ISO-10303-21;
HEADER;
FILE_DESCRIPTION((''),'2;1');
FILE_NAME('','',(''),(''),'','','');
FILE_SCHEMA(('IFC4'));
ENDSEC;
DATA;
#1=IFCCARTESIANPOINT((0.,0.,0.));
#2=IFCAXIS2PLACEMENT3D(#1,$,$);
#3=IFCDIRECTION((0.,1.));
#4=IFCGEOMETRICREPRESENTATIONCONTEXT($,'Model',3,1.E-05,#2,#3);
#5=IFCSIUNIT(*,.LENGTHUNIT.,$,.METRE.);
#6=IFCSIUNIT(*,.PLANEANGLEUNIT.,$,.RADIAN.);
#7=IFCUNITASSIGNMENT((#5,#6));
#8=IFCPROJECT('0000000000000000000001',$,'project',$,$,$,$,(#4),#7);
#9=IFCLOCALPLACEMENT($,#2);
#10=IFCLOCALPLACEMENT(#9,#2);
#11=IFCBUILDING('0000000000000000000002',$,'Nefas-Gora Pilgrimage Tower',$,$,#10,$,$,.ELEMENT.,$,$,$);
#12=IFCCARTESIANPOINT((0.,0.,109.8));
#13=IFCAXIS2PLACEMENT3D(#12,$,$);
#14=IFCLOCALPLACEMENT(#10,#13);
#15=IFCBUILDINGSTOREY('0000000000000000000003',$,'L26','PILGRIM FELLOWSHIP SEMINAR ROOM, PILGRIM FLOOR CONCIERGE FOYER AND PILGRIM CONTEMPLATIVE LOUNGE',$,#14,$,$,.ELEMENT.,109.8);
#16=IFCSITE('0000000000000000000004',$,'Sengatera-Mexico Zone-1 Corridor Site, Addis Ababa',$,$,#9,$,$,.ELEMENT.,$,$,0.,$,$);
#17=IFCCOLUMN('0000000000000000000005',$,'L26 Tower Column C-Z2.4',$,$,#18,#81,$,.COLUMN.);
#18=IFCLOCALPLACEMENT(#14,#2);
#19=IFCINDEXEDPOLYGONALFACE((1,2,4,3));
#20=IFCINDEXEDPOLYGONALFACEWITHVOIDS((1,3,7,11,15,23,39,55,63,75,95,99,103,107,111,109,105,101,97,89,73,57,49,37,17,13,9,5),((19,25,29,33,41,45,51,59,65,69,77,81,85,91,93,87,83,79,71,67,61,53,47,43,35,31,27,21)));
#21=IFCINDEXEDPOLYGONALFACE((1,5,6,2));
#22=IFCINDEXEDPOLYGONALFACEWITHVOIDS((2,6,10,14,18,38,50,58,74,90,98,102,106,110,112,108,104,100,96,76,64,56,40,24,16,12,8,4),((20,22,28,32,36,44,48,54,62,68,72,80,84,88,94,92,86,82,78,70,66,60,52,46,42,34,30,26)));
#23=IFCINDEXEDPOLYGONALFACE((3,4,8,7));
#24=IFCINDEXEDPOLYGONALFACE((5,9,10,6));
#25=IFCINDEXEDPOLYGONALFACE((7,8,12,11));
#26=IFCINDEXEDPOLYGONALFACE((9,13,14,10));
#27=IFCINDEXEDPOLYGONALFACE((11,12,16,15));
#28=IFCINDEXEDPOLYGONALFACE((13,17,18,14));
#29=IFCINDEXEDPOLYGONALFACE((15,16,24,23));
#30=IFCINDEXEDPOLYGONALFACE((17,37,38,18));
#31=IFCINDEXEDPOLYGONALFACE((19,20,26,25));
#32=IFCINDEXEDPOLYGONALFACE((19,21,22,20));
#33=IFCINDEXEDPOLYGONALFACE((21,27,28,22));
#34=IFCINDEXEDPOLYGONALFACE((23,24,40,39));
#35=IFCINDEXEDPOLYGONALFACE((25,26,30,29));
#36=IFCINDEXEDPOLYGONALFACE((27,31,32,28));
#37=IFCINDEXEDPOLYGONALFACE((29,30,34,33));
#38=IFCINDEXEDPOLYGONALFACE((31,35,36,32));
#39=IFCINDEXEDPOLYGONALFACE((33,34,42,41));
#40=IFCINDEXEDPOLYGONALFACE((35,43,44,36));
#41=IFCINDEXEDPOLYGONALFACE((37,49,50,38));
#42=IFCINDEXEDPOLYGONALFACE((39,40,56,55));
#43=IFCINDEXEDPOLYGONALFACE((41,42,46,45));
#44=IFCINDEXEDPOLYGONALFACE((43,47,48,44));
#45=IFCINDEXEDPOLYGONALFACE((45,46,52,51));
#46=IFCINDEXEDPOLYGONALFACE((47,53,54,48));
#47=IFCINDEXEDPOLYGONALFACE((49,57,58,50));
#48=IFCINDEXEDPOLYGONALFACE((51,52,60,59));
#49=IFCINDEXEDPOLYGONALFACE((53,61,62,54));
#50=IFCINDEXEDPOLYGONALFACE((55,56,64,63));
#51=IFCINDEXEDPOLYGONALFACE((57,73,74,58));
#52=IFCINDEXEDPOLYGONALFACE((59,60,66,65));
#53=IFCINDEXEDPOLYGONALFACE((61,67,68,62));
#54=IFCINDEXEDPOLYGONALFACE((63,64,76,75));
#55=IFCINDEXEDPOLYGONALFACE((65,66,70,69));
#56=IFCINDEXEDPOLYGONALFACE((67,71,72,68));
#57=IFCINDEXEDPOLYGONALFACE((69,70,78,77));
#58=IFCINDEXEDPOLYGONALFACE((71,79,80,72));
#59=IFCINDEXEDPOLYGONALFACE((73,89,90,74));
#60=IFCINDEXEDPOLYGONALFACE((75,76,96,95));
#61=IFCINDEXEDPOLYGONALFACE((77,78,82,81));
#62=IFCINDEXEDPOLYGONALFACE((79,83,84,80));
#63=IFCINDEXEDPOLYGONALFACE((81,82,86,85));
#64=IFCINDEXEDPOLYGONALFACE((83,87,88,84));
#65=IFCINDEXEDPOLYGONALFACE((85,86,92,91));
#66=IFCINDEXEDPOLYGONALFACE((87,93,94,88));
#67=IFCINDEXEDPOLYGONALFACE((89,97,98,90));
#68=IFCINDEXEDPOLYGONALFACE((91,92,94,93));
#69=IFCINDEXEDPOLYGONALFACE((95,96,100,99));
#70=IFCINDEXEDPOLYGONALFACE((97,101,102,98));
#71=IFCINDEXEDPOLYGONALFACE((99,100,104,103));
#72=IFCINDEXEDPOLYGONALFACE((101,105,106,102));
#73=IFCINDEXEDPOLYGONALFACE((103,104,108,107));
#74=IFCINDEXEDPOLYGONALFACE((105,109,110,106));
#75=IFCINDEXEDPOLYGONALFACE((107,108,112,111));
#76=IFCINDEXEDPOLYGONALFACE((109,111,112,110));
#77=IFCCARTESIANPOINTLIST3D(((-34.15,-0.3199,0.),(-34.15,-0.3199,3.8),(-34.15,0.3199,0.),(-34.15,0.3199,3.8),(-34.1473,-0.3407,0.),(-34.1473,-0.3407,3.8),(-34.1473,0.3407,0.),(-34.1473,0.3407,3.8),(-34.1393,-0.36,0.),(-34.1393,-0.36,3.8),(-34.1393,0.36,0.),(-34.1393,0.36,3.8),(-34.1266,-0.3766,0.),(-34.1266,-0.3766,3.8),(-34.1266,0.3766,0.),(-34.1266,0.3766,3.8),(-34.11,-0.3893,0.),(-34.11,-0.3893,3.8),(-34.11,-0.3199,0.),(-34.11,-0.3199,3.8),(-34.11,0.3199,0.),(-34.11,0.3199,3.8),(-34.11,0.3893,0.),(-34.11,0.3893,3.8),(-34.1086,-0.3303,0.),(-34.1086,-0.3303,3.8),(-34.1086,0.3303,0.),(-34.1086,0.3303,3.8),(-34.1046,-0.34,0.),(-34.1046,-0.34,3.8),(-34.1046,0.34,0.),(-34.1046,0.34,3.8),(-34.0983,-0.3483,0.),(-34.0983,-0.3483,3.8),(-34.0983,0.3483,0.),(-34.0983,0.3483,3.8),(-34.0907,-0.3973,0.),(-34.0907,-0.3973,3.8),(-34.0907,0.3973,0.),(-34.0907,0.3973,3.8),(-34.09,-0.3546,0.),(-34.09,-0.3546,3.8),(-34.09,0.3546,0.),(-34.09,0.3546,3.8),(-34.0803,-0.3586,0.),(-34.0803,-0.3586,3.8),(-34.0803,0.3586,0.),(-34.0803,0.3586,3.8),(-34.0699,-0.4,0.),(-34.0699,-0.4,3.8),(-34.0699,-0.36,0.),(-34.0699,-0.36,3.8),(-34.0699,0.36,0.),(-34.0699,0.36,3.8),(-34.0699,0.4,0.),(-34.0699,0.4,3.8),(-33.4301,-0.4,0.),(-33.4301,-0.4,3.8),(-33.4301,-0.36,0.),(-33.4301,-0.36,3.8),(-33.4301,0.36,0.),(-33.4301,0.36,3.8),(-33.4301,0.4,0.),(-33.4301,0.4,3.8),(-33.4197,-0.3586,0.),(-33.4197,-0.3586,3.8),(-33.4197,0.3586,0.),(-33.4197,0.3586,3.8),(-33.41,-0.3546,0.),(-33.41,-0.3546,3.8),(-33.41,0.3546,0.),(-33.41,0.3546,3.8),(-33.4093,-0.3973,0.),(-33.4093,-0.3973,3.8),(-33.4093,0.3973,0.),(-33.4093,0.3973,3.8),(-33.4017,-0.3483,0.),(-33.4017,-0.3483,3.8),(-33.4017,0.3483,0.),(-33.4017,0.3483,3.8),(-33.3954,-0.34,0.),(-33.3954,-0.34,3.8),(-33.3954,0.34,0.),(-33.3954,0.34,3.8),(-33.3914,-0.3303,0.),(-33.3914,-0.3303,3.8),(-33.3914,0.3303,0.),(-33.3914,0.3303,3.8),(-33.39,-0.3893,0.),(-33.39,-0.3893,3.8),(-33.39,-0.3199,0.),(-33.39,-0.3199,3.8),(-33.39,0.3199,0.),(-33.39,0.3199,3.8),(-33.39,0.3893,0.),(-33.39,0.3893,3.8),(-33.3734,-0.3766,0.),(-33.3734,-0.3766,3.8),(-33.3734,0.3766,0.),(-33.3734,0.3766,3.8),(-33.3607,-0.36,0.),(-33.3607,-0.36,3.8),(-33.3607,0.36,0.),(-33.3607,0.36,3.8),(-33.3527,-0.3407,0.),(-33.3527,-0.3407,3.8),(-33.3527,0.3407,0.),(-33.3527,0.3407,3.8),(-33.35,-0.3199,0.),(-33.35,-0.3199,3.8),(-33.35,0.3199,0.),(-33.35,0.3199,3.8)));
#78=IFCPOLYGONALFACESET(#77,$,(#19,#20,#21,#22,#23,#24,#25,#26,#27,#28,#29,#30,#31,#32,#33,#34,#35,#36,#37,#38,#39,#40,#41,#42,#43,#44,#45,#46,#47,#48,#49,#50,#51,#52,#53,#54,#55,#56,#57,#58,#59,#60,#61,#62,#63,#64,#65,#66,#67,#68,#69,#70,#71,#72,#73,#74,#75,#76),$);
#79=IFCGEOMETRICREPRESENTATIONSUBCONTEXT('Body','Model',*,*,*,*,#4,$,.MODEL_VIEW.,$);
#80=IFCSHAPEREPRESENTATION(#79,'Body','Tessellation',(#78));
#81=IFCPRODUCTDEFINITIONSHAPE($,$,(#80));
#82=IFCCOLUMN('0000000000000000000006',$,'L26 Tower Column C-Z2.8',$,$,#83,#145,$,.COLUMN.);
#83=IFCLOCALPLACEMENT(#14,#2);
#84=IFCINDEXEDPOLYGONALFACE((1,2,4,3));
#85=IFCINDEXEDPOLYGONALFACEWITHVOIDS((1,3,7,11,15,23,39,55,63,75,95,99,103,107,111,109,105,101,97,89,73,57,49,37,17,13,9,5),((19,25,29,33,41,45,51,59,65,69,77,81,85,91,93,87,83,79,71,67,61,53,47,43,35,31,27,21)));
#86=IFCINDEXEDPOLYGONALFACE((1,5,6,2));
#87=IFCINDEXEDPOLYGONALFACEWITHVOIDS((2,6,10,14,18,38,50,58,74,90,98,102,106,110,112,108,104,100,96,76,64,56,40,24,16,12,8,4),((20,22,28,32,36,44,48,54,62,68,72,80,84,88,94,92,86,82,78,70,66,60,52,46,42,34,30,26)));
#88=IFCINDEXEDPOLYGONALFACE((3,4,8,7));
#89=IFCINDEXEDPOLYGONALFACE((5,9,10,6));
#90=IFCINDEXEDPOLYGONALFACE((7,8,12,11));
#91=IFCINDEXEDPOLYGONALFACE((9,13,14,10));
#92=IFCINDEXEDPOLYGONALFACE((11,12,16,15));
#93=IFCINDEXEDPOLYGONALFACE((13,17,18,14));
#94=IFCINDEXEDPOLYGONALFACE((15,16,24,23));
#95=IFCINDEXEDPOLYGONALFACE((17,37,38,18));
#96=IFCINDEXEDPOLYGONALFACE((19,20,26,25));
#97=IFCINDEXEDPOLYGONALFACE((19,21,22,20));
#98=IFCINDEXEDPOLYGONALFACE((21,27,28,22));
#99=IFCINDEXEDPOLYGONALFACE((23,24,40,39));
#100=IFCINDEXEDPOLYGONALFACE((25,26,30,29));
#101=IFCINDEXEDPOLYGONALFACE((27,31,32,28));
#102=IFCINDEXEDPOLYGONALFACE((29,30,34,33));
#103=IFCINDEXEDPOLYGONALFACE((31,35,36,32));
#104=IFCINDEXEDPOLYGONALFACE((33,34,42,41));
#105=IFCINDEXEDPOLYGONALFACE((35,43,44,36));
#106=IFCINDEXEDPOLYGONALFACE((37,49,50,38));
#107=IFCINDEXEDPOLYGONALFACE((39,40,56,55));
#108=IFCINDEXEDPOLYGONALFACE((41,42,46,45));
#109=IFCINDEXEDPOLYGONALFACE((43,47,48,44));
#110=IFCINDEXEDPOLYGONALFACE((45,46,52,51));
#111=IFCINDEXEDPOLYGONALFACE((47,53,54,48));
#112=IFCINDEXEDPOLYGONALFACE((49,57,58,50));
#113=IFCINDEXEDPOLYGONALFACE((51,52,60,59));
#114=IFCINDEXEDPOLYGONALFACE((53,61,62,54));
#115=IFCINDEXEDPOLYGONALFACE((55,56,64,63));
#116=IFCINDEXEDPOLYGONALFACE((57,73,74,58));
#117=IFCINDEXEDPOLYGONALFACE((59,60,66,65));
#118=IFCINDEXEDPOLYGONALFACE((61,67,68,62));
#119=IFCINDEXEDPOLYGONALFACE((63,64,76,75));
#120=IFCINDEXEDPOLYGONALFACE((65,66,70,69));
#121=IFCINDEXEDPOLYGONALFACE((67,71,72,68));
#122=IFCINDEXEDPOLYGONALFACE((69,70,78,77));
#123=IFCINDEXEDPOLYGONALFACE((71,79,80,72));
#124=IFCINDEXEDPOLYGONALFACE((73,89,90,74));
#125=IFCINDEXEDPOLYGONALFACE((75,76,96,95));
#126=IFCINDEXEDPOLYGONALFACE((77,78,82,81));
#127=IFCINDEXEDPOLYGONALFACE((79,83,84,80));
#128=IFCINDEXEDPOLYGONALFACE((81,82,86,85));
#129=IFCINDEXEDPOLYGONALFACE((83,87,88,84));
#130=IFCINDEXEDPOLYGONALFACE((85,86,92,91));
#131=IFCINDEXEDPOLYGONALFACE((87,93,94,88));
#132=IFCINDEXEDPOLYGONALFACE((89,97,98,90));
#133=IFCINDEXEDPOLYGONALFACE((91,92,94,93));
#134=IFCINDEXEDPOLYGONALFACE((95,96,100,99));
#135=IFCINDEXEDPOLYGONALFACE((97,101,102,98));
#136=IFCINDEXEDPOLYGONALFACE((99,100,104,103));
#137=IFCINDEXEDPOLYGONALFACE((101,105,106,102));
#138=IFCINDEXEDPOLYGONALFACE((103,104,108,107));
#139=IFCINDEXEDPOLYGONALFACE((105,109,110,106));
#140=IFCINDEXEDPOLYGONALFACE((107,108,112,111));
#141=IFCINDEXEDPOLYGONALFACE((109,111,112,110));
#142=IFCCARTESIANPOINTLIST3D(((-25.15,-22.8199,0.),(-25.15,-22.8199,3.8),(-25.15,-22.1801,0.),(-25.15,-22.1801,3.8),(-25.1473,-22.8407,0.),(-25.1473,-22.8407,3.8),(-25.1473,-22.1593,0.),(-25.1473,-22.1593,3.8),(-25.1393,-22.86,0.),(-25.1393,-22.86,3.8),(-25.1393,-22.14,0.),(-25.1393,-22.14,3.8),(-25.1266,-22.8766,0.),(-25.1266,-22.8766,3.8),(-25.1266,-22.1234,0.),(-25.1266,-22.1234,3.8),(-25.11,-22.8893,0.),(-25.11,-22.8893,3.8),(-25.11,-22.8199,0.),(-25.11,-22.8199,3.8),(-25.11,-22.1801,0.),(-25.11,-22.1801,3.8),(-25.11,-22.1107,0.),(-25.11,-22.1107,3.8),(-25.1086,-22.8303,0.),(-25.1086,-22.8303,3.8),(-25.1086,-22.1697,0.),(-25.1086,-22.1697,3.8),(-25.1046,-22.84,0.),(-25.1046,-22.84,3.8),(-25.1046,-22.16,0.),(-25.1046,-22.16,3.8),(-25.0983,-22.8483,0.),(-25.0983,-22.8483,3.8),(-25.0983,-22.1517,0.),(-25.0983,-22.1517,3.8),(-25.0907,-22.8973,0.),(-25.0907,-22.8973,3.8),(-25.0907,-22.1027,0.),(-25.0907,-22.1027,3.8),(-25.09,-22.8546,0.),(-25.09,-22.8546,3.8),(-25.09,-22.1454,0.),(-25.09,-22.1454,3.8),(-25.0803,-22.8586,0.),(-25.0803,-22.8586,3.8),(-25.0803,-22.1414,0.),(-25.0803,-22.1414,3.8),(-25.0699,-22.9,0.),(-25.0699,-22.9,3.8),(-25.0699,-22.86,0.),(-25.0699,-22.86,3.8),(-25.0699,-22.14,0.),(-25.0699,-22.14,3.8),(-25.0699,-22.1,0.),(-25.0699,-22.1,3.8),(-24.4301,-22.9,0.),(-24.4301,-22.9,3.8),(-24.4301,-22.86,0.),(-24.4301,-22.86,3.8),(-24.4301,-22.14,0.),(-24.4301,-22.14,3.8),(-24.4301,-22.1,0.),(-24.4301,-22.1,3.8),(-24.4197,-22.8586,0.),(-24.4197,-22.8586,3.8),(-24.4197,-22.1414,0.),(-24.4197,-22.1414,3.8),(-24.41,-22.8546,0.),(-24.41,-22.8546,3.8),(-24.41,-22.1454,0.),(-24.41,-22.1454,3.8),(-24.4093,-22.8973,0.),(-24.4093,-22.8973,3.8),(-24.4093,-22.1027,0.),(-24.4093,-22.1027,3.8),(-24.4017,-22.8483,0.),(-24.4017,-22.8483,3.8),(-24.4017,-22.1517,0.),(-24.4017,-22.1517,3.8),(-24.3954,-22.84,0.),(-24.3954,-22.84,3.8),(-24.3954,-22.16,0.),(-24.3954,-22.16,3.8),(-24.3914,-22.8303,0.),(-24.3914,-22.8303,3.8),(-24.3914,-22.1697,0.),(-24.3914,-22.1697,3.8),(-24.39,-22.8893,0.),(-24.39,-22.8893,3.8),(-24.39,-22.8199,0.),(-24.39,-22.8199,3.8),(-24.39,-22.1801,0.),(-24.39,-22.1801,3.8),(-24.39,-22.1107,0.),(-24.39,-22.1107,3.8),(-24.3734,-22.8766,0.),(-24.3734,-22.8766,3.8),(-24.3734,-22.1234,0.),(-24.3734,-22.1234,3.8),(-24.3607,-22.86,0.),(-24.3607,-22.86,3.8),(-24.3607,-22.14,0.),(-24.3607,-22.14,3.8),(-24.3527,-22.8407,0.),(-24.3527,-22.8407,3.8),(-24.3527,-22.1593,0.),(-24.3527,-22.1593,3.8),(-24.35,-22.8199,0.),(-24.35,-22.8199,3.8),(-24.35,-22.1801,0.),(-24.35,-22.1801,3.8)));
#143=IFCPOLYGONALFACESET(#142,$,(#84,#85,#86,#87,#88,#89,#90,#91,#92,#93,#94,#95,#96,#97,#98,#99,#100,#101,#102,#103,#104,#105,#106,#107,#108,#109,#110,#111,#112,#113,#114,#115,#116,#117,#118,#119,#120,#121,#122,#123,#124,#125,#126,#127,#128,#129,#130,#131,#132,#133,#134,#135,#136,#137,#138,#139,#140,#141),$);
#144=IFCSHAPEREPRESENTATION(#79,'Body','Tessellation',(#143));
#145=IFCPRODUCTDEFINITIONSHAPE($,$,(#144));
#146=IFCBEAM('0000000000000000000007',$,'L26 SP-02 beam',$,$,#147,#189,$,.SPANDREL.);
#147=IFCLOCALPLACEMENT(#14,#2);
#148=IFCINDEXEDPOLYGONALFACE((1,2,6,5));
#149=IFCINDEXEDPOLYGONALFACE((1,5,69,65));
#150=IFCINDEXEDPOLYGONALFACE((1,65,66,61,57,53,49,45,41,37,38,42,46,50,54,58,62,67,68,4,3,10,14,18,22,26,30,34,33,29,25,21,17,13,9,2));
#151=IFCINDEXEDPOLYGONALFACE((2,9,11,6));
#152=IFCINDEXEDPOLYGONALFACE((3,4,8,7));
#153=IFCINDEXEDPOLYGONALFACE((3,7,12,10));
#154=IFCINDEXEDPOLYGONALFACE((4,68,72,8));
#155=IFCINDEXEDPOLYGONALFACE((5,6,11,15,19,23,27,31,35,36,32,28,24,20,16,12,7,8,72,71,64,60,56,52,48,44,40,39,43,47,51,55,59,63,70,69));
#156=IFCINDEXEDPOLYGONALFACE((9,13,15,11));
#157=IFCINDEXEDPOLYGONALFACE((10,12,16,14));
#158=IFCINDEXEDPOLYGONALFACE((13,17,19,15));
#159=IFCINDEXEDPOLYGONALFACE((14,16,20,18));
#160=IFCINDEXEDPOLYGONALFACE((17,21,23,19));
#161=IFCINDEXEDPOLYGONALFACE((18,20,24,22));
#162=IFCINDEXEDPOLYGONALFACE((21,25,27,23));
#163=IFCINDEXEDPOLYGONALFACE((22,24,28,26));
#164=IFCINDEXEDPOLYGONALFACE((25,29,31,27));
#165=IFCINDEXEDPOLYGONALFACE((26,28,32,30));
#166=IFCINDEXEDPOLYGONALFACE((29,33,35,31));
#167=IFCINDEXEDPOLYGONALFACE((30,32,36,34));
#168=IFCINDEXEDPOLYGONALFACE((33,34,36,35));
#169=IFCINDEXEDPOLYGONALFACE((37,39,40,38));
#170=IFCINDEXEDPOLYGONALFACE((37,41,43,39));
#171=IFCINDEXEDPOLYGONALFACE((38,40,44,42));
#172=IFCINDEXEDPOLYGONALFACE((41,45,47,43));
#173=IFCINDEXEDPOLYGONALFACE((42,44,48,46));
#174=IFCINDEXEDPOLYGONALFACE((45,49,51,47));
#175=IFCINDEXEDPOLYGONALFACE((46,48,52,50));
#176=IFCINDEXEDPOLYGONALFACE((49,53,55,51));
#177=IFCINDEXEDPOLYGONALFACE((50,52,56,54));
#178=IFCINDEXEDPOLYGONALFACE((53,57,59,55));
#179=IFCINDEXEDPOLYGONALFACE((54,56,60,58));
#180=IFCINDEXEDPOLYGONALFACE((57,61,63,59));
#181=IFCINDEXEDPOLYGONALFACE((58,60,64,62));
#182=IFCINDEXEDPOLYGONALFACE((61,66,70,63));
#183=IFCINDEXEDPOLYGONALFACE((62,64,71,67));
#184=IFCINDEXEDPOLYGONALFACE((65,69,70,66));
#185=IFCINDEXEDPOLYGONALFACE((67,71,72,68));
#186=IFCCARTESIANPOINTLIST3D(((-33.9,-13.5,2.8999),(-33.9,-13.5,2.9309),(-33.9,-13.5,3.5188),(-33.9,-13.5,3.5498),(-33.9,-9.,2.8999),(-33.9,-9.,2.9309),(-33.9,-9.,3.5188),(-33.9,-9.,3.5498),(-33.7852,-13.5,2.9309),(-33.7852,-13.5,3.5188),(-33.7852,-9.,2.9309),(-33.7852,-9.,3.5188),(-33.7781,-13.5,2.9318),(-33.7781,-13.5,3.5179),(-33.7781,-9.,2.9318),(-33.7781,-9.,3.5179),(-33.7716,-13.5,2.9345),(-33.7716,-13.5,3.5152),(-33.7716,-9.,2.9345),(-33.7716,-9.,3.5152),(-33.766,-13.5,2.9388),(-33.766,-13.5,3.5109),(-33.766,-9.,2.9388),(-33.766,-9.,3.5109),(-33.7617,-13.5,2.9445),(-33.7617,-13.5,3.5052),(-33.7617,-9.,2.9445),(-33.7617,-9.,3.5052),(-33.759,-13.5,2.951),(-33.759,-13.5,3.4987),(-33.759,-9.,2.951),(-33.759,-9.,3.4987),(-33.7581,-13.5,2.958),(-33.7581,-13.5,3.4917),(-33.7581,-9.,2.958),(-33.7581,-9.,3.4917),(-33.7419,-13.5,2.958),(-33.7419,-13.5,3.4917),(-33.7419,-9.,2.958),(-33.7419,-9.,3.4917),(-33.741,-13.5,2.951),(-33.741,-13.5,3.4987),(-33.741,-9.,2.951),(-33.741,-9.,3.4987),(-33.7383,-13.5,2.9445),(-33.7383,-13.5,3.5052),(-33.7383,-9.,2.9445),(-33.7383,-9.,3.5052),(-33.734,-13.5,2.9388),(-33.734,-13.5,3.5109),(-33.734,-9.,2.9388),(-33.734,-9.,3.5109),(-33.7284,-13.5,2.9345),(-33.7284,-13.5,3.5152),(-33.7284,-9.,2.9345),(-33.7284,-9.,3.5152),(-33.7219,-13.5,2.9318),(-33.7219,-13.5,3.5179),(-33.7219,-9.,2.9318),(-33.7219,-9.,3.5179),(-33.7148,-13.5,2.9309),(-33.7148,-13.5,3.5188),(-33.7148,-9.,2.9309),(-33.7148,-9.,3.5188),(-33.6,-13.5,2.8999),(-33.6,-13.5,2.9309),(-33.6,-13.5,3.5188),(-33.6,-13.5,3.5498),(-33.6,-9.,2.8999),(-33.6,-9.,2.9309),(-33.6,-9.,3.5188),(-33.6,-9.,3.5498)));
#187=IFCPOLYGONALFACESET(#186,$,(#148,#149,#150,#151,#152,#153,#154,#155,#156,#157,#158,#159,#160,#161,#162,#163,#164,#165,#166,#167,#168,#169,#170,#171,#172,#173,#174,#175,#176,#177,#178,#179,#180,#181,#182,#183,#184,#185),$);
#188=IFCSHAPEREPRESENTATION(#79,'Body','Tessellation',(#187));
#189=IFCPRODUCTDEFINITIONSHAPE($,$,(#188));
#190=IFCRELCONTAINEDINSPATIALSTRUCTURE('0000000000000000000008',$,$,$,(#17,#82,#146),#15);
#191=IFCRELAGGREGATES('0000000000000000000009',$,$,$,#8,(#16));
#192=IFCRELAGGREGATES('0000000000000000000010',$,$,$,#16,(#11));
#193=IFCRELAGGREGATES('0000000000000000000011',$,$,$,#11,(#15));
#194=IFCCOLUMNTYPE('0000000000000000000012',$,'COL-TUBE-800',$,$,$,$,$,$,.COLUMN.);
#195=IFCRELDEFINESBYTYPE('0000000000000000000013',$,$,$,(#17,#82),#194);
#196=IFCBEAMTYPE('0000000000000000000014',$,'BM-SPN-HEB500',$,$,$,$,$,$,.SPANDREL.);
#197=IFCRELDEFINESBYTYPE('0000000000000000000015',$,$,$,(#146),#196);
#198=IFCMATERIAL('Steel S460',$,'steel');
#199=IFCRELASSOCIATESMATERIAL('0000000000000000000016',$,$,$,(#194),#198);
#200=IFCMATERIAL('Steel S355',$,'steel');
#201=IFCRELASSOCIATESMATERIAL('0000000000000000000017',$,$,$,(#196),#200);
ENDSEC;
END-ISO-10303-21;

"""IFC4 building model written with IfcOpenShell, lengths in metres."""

from ifc_helpers import new_model, si_unit, direction, frame, origin, origin_2d, place, context, subcontext, project, spatial, hollow_rectangle, i_section, extrude, source, transform, mapped, material, material_profile, profile_set, type_object, element, save


model = new_model("IFC4")

# Units and contexts
model_context = context("Model", 3, precision=1e-05, world=origin(), true_north=direction((0.0, 1.0)))
body_context = subcontext(model_context, "Body", "Model", "MODEL_VIEW")
ifc_project = project(units=[si_unit("LENGTHUNIT", "METRE"), si_unit("PLANEANGLEUNIT", "RADIAN")], contexts=[model_context])

# Site, building, storey
site_placement = place(None, origin())
site = spatial("IfcSite", under=ifc_project, at=site_placement, Name="Sengatera-Mexico Zone-1 Corridor Site, Addis Ababa", CompositionType="ELEMENT", RefElevation=0.0)
building_placement = place(site_placement, origin())
building = spatial("IfcBuilding", under=site, at=building_placement, Name="Nefas-Gora Pilgrimage Tower", CompositionType="ELEMENT")
storey_placement = place(building_placement, frame((0.0, 0.0, 109.8)))
storey = spatial("IfcBuildingStorey", under=building, at=storey_placement, Name="L26", Description="PILGRIM FELLOWSHIP SEMINAR ROOM, PILGRIM FLOOR CONCIERGE FOYER AND PILGRIM CONTEMPLATIVE LOUNGE", CompositionType="ELEMENT", Elevation=109.8)

# Columns
ifc_material_1 = material(Name="Steel S460", Category="steel")
ifc_material_profile_1 = material_profile(ifc_material_1, hollow_rectangle(XDim=0.8, YDim=0.8, WallThickness=0.04, InnerFilletRadius=0.04, OuterFilletRadius=0.0801, at=origin_2d()), Name="BOX 800x800x40")
ifc_profile_set_1 = profile_set([ifc_material_profile_1], Name="Steel S460")
column_type_1 = type_object("IfcColumnType", Name="COL-TUBE-800", PredefinedType="COLUMN", material=ifc_profile_set_1)
shared_shape_1 = source(origin(), body_context, "Body", "SweptSolid", [
    extrude(hollow_rectangle(XDim=0.8, YDim=0.8, WallThickness=0.04, InnerFilletRadius=0.04, OuterFilletRadius=0.0801, at=origin_2d()), origin(), (0.0, 0.0, 1.0), 3.8),
])
for number, where, z_axis, x_axis, name in (
    (1, (-33.75, 0.0, 0.0), (0.0, 0.0, 1.0), (1.0, 0.0, 0.0), "L26 Tower Column C-Z2.4"),
    (2, (-24.75, -22.5, 0.0), (0.0, 0.0, 1.0), (1.0, 0.0, 0.0), "L26 Tower Column C-Z2.8"),
):
    element("IfcColumn", number, at=place(storey_placement, frame(where, z_axis=z_axis, x_axis=x_axis)), inside=storey, type_object=column_type_1, Name=name, PredefinedType="COLUMN", context=body_context, shape_type="MappedRepresentation", body=[
        mapped(shared_shape_1, transform((0.0, 0.0, 0.0), x_axis=(1.0, 0.0, 0.0), y_axis=(0.0, 1.0, 0.0), z_axis=(0.0, 0.0, 1.0), scale=1.0)),
    ])

# Beam
ifc_material_2 = material(Name="Steel S355", Category="steel")
ifc_material_profile_2 = material_profile(ifc_material_2, i_section(OverallWidth=0.3, OverallDepth=0.6499, WebThickness=0.0161, FlangeThickness=0.031, FilletRadius=0.0271, at=origin_2d()), Name="HEB 650")
ifc_profile_set_2 = profile_set([ifc_material_profile_2], Name="Steel S355")
beam_type_1 = type_object("IfcBeamType", Name="BM-SPN-HEB500", PredefinedType="SPANDREL", material=ifc_profile_set_2)
shared_shape_2 = source(origin(), body_context, "Body", "SweptSolid", [
    extrude(i_section(OverallWidth=0.3, OverallDepth=0.6499, WebThickness=0.0161, FlangeThickness=0.031, FilletRadius=0.0271, at=origin_2d()), origin(), (0.0, 0.0, 1.0), 4.5),
])
for number, where, z_axis, x_axis, name in (
    (3, (-33.75, -13.5, 3.2249), (0.0, 1.0, 0.0), (-1.0, 0.0, 0.0), "L26 SP-02 beam"),
):
    element("IfcBeam", number, at=place(storey_placement, frame(where, z_axis=z_axis, x_axis=x_axis)), inside=storey, type_object=beam_type_1, Name=name, PredefinedType="SPANDREL", context=body_context, shape_type="MappedRepresentation", body=[
        mapped(shared_shape_2, transform((0.0, 0.0, 0.0), x_axis=(1.0, 0.0, 0.0), y_axis=(0.0, 1.0, 0.0), z_axis=(0.0, 0.0, 1.0), scale=1.0)),
    ])

save(model, "model.ifc")
